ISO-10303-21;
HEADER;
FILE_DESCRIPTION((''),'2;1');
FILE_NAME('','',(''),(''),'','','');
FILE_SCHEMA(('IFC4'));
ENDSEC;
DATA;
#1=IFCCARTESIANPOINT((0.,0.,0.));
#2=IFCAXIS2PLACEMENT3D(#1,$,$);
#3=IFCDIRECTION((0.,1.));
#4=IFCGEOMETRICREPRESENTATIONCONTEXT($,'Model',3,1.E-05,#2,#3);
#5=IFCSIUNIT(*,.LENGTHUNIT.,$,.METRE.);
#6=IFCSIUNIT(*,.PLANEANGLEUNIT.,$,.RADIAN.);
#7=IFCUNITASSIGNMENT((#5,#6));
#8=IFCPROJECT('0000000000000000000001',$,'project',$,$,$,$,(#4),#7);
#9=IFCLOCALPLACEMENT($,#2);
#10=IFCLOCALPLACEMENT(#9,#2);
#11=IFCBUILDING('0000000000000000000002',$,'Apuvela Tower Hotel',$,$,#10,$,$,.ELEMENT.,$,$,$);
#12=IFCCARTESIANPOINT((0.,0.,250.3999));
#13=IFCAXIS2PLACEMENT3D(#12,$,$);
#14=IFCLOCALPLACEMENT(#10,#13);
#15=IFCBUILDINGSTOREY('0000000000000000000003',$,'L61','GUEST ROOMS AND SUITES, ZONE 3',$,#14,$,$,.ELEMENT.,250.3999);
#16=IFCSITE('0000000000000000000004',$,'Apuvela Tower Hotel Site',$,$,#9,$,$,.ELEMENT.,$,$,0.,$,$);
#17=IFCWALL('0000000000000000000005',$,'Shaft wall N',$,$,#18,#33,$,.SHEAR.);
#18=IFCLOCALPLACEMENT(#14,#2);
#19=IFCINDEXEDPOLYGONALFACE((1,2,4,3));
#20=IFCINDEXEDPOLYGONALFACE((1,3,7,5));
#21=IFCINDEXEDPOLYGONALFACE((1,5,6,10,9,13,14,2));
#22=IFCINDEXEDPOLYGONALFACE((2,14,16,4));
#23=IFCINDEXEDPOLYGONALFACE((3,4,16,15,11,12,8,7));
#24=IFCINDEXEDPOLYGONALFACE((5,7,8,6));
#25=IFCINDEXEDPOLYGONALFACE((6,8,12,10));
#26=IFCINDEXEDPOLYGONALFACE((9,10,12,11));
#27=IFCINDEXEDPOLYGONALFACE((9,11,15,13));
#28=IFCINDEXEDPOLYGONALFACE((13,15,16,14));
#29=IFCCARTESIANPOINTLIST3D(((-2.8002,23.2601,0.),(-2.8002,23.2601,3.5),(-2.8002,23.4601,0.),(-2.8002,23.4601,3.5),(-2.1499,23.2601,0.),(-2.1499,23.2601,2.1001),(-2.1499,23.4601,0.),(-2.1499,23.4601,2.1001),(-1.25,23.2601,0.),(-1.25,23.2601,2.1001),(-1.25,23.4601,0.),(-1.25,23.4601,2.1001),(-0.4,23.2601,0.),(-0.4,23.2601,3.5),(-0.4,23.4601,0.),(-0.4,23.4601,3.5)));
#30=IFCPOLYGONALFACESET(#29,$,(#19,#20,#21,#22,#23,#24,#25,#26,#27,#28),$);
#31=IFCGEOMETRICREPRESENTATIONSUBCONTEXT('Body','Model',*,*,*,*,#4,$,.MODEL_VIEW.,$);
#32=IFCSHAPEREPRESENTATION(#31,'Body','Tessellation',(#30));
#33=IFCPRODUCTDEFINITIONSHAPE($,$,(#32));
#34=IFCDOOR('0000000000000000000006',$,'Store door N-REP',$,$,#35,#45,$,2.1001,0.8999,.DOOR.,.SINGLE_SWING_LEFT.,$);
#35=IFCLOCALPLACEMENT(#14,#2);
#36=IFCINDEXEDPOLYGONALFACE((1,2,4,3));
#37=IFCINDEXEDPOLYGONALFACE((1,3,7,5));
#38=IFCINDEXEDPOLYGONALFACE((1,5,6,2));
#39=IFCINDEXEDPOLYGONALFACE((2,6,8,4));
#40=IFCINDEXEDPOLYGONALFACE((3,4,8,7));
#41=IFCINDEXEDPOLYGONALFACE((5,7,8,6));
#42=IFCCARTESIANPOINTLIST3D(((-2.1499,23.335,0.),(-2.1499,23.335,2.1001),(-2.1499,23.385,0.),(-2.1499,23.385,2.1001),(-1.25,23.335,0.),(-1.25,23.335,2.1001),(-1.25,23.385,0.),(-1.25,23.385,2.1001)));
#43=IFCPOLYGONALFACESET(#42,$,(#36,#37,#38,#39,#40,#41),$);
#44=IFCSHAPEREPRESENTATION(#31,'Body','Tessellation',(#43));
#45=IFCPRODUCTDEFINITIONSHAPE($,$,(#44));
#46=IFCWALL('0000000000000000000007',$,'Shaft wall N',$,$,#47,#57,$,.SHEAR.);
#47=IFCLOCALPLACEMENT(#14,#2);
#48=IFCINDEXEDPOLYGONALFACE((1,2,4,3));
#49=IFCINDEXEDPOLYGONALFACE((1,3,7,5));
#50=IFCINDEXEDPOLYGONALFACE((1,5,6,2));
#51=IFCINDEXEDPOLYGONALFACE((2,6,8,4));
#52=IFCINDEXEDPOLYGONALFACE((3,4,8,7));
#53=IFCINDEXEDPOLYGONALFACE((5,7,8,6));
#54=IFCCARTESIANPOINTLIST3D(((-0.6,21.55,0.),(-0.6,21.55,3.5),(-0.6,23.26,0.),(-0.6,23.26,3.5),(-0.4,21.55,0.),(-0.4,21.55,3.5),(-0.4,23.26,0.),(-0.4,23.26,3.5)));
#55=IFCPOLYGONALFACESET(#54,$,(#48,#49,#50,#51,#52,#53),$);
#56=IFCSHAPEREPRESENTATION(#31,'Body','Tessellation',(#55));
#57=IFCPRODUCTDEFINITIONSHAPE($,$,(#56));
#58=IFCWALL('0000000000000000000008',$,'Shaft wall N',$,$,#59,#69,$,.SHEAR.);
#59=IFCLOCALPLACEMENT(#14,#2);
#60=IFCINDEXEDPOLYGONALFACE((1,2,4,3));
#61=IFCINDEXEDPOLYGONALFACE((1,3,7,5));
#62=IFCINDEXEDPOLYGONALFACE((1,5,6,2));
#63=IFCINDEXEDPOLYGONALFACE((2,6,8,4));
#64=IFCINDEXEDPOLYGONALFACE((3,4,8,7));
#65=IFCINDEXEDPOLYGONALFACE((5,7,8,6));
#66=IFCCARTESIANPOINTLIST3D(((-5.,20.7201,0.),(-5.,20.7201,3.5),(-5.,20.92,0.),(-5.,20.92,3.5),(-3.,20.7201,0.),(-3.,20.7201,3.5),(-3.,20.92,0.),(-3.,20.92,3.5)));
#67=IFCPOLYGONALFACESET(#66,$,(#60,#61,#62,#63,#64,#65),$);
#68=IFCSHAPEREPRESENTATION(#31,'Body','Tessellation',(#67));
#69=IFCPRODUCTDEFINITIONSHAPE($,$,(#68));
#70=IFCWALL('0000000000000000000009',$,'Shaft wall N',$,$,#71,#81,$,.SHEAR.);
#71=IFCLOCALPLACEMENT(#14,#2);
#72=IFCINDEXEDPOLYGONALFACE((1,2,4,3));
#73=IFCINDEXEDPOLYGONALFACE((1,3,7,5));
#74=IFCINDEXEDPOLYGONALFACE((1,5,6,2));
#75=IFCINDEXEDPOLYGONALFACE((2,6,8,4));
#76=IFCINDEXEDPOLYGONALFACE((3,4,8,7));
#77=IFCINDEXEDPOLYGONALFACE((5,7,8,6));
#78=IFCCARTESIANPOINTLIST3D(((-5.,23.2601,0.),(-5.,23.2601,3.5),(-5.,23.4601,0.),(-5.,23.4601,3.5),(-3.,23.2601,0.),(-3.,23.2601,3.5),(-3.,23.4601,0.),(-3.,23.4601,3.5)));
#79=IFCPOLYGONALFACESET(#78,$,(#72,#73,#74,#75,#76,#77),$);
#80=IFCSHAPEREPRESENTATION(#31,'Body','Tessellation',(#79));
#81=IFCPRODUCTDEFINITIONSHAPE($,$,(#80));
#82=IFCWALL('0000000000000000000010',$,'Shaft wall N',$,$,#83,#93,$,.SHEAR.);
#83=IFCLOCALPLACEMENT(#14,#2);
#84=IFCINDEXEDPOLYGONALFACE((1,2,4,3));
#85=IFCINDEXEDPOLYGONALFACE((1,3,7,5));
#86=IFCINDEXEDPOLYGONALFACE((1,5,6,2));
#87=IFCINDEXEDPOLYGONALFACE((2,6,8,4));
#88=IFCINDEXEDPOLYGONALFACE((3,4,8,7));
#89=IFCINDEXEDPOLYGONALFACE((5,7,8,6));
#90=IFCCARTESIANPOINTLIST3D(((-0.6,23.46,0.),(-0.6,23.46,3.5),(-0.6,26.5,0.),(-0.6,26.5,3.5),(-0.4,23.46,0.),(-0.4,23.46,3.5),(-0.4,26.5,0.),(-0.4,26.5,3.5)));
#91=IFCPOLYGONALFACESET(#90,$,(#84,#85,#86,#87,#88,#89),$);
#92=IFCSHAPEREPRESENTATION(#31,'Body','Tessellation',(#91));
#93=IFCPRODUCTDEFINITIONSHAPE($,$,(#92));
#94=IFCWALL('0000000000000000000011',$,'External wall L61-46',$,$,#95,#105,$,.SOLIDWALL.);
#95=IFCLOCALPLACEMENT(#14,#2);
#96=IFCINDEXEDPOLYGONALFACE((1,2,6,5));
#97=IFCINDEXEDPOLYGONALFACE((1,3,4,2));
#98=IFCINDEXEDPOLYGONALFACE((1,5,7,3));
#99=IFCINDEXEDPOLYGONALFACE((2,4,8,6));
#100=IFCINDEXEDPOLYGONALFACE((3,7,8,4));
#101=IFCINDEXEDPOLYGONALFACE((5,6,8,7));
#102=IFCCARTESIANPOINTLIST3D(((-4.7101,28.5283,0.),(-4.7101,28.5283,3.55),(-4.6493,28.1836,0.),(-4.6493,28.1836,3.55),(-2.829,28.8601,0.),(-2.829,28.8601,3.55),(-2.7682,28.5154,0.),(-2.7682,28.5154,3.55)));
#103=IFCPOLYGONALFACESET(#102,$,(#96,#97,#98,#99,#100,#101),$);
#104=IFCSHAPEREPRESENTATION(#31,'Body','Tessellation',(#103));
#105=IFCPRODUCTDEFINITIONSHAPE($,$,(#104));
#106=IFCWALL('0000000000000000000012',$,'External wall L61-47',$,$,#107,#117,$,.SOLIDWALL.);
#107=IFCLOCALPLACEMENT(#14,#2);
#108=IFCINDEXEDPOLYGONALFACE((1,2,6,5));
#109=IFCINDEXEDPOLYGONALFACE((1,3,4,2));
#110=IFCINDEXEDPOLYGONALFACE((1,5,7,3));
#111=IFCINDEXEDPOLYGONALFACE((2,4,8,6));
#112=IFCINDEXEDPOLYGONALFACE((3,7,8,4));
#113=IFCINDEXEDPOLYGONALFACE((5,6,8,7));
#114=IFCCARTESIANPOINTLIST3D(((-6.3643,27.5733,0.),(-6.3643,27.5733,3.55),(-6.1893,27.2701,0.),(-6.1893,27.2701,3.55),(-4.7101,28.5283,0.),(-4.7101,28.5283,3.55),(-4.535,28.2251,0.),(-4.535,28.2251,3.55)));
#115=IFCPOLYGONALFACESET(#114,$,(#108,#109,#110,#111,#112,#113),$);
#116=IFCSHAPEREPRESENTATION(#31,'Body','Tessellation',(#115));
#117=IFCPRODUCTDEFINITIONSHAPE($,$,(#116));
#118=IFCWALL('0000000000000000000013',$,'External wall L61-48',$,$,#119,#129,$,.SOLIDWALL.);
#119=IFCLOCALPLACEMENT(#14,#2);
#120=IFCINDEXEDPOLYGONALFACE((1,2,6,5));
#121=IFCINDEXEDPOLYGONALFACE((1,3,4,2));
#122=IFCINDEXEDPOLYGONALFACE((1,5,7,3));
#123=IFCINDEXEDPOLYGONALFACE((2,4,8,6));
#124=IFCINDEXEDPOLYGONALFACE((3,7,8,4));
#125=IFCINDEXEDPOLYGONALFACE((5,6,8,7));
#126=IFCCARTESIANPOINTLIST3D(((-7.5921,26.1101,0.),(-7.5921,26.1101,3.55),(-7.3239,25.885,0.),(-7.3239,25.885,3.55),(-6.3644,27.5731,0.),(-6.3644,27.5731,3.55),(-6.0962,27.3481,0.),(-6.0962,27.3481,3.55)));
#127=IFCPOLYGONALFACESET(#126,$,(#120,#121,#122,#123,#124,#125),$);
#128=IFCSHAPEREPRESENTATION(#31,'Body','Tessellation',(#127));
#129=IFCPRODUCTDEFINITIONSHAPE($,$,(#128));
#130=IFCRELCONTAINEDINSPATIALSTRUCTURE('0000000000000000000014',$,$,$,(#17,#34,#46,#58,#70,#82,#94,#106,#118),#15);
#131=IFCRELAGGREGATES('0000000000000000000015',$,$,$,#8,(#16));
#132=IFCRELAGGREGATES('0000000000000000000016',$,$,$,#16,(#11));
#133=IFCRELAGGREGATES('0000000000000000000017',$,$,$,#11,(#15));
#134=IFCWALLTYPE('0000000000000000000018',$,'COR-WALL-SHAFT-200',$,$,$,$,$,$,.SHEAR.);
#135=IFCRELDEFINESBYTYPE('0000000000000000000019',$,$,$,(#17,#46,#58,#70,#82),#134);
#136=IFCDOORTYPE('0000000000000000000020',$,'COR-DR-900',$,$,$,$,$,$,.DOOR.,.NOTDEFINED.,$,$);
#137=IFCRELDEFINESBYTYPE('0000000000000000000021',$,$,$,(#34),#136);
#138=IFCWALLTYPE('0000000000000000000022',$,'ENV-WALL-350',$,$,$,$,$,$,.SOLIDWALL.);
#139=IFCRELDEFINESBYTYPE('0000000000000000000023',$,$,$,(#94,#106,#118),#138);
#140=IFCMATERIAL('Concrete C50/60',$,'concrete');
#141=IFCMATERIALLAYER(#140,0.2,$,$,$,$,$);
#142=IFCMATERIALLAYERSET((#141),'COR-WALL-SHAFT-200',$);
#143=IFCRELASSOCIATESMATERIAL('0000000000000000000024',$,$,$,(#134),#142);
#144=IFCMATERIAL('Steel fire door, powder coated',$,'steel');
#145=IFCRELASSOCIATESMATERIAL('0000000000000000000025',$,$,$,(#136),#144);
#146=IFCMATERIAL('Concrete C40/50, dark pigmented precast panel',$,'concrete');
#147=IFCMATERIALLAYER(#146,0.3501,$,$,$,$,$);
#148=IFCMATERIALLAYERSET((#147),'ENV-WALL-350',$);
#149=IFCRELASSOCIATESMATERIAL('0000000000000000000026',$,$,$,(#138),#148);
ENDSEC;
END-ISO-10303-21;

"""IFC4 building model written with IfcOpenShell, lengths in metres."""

from ifc_helpers import new_model, si_unit, direction, frame, frame_2d, origin, place, context, subcontext, project, spatial, rectangle, extrude, material, layer, layer_set, type_object, element, fill, save


model = new_model("IFC4")

# Units and contexts
model_context = context("Model", 3, precision=1e-05, world=origin(), true_north=direction((0.0, 1.0)))
body_context = subcontext(model_context, "Body", "Model", "MODEL_VIEW")
ifc_project = project(units=[si_unit("LENGTHUNIT", "METRE"), si_unit("PLANEANGLEUNIT", "RADIAN")], contexts=[model_context])

# Site, building, storey
site_placement = place(None, origin())
site = spatial("IfcSite", under=ifc_project, at=site_placement, Name="Apuvela Tower Hotel Site", CompositionType="ELEMENT", RefElevation=0.0)
building_placement = place(site_placement, origin())
building = spatial("IfcBuilding", under=site, at=building_placement, Name="Apuvela Tower Hotel", CompositionType="ELEMENT")
storey_placement = place(building_placement, frame((0.0, 0.0, 250.3999)))
storey = spatial("IfcBuildingStorey", under=building, at=storey_placement, Name="L61", Description="GUEST ROOMS AND SUITES, ZONE 3", CompositionType="ELEMENT", Elevation=250.3999)

# Wall, opening, door
ifc_material_1 = material(Name="Concrete C50/60", Category="concrete")
ifc_layer_1 = layer(ifc_material_1, 0.2)
ifc_layer_set_1 = layer_set([ifc_layer_1], Name="COR-WALL-SHAFT-200")
wall_type_1 = type_object("IfcWallType", Name="COR-WALL-SHAFT-200", PredefinedType="SHEAR", material=ifc_layer_set_1)
wall_1_placement = place(storey_placement, frame((-0.3999, 23.3601, 0.0), z_axis=(0.0, 0.0, 1.0), x_axis=(-1.0, 0.0, 0.0)))
wall_1 = element("IfcWall", 1, at=wall_1_placement, inside=storey, type_object=wall_type_1, Name="Shaft wall N", PredefinedType="SHEAR", context=body_context, shape_type="SweptSolid", body=[
    extrude(rectangle(XDim=2.4001, YDim=0.2, at=frame_2d((1.2002, 0.0))), origin(), (0.0, 0.0, 1.0), 3.5),
])
opening_1_placement = place(wall_1_placement, frame((0.8501, 0.0, 0.0)))
opening_1 = element("IfcOpeningElement", 2, at=opening_1_placement, cuts=wall_1, PredefinedType="OPENING", context=body_context, shape_type="SweptSolid", body=[
    extrude(rectangle(XDim=0.8999, YDim=2.1001, at=frame_2d((0.45, 1.05))), frame((0.0, 0.1099, 0.0), z_axis=(0.0, -1.0, 0.0), x_axis=(1.0, 0.0, 0.0)), (0.0, 0.0, 1.0), 0.22),
])
ifc_material_2 = material(Name="Steel fire door, powder coated", Category="steel")
door_type_1 = type_object("IfcDoorType", Name="COR-DR-900", OperationType="NOTDEFINED", PredefinedType="DOOR", material=ifc_material_2)
door_1_placement = place(opening_1_placement, frame((0.8999, 0.0, 0.0), z_axis=(0.0, 0.0, 1.0), x_axis=(-1.0, 0.0, 0.0)))
door_1 = element("IfcDoor", 3, at=door_1_placement, inside=storey, type_object=door_type_1, Name="Store door N-REP", OperationType="SINGLE_SWING_LEFT", OverallHeight=2.1001, OverallWidth=0.8999, PredefinedType="DOOR", context=body_context, shape_type="SweptSolid", body=[
    extrude(rectangle(XDim=0.8999, YDim=2.1001, at=frame_2d((0.45, 1.05))), frame((0.0, 0.0249, 0.0), z_axis=(0.0, -1.0, 0.0), x_axis=(1.0, 0.0, 0.0)), (0.0, 0.0, 1.0), 0.05),
])
fill(opening_1, door_1)

# Walls
wall_2_placement = place(storey_placement, frame((-0.5, 21.55, 0.0), z_axis=(0.0, 0.0, 1.0), x_axis=(0.0, 1.0, 0.0)))
element("IfcWall", 4, at=wall_2_placement, inside=storey, type_object=wall_type_1, Name="Shaft wall N", PredefinedType="SHEAR", context=body_context, shape_type="SweptSolid", body=[
    extrude(rectangle(XDim=1.71, YDim=0.2, at=frame_2d((0.855, 0.0))), origin(), (0.0, 0.0, 1.0), 3.5),
])
for number, where, z_axis, x_axis, name in (
    (5, (-3.0, 20.8201, 0.0), (0.0, 0.0, 1.0), (-1.0, 0.0, 0.0), "Shaft wall N"),
    (6, (-3.0, 23.3601, 0.0), (0.0, 0.0, 1.0), (-1.0, 0.0, 0.0), "Shaft wall N"),
):
    element("IfcWall", number, at=place(storey_placement, frame(where, z_axis=z_axis, x_axis=x_axis)), inside=storey, type_object=wall_type_1, Name=name, PredefinedType="SHEAR", context=body_context, shape_type="SweptSolid", body=[
        extrude(rectangle(XDim=2.0, YDim=0.2, at=frame_2d((1.0, 0.0))), origin(), (0.0, 0.0, 1.0), 3.5),
    ])
wall_3_placement = place(storey_placement, frame((-0.5, 23.46, 0.0), z_axis=(0.0, 0.0, 1.0), x_axis=(0.0, 1.0, 0.0)))
element("IfcWall", 7, at=wall_3_placement, inside=storey, type_object=wall_type_1, Name="Shaft wall N", PredefinedType="SHEAR", context=body_context, shape_type="SweptSolid", body=[
    extrude(rectangle(XDim=3.04, YDim=0.2, at=frame_2d((1.52, 0.0))), origin(), (0.0, 0.0, 1.0), 3.5),
])

# Shared definitions
ifc_material_3 = material(Name="Concrete C40/50, dark pigmented precast panel", Category="concrete")
ifc_layer_2 = layer(ifc_material_3, 0.3501)
ifc_layer_set_2 = layer_set([ifc_layer_2], Name="ENV-WALL-350")
wall_type_2 = type_object("IfcWallType", Name="ENV-WALL-350", PredefinedType="SOLIDWALL", material=ifc_layer_set_2)

# Walls
for number, where, z_axis, x_axis, name in (
    (8, (-2.7986, 28.6877, 0.0), (0.0, 0.0, 1.0), (-0.984799, -0.173698, 0.0), "External wall L61-46"),
    (9, (-4.6226, 28.3767, 0.0), (0.0, 0.0, 1.0), (-0.866032, -0.499988, 0.0), "External wall L61-47"),
):
    element("IfcWall", number, at=place(storey_placement, frame(where, z_axis=z_axis, x_axis=x_axis)), inside=storey, type_object=wall_type_2, Name=name, PredefinedType="SOLIDWALL", context=body_context, shape_type="SweptSolid", body=[
        extrude(rectangle(XDim=1.9102, YDim=0.3501, at=frame_2d((0.9551, 0.0))), origin(), (0.0, 0.0, 1.0), 3.55),
    ])
wall_4_placement = place(storey_placement, frame((-6.2302, 27.4607, 0.0), z_axis=(0.0, 0.0, 1.0), x_axis=(-0.642808, -0.766027, 0.0)))
element("IfcWall", 10, at=wall_4_placement, inside=storey, type_object=wall_type_2, Name="External wall L61-48", PredefinedType="SOLIDWALL", context=body_context, shape_type="SweptSolid", body=[
    extrude(rectangle(XDim=1.9099, YDim=0.3501, at=frame_2d((0.9551, 0.0))), origin(), (0.0, 0.0, 1.0), 3.55),
])

save(model, "model.ifc")
